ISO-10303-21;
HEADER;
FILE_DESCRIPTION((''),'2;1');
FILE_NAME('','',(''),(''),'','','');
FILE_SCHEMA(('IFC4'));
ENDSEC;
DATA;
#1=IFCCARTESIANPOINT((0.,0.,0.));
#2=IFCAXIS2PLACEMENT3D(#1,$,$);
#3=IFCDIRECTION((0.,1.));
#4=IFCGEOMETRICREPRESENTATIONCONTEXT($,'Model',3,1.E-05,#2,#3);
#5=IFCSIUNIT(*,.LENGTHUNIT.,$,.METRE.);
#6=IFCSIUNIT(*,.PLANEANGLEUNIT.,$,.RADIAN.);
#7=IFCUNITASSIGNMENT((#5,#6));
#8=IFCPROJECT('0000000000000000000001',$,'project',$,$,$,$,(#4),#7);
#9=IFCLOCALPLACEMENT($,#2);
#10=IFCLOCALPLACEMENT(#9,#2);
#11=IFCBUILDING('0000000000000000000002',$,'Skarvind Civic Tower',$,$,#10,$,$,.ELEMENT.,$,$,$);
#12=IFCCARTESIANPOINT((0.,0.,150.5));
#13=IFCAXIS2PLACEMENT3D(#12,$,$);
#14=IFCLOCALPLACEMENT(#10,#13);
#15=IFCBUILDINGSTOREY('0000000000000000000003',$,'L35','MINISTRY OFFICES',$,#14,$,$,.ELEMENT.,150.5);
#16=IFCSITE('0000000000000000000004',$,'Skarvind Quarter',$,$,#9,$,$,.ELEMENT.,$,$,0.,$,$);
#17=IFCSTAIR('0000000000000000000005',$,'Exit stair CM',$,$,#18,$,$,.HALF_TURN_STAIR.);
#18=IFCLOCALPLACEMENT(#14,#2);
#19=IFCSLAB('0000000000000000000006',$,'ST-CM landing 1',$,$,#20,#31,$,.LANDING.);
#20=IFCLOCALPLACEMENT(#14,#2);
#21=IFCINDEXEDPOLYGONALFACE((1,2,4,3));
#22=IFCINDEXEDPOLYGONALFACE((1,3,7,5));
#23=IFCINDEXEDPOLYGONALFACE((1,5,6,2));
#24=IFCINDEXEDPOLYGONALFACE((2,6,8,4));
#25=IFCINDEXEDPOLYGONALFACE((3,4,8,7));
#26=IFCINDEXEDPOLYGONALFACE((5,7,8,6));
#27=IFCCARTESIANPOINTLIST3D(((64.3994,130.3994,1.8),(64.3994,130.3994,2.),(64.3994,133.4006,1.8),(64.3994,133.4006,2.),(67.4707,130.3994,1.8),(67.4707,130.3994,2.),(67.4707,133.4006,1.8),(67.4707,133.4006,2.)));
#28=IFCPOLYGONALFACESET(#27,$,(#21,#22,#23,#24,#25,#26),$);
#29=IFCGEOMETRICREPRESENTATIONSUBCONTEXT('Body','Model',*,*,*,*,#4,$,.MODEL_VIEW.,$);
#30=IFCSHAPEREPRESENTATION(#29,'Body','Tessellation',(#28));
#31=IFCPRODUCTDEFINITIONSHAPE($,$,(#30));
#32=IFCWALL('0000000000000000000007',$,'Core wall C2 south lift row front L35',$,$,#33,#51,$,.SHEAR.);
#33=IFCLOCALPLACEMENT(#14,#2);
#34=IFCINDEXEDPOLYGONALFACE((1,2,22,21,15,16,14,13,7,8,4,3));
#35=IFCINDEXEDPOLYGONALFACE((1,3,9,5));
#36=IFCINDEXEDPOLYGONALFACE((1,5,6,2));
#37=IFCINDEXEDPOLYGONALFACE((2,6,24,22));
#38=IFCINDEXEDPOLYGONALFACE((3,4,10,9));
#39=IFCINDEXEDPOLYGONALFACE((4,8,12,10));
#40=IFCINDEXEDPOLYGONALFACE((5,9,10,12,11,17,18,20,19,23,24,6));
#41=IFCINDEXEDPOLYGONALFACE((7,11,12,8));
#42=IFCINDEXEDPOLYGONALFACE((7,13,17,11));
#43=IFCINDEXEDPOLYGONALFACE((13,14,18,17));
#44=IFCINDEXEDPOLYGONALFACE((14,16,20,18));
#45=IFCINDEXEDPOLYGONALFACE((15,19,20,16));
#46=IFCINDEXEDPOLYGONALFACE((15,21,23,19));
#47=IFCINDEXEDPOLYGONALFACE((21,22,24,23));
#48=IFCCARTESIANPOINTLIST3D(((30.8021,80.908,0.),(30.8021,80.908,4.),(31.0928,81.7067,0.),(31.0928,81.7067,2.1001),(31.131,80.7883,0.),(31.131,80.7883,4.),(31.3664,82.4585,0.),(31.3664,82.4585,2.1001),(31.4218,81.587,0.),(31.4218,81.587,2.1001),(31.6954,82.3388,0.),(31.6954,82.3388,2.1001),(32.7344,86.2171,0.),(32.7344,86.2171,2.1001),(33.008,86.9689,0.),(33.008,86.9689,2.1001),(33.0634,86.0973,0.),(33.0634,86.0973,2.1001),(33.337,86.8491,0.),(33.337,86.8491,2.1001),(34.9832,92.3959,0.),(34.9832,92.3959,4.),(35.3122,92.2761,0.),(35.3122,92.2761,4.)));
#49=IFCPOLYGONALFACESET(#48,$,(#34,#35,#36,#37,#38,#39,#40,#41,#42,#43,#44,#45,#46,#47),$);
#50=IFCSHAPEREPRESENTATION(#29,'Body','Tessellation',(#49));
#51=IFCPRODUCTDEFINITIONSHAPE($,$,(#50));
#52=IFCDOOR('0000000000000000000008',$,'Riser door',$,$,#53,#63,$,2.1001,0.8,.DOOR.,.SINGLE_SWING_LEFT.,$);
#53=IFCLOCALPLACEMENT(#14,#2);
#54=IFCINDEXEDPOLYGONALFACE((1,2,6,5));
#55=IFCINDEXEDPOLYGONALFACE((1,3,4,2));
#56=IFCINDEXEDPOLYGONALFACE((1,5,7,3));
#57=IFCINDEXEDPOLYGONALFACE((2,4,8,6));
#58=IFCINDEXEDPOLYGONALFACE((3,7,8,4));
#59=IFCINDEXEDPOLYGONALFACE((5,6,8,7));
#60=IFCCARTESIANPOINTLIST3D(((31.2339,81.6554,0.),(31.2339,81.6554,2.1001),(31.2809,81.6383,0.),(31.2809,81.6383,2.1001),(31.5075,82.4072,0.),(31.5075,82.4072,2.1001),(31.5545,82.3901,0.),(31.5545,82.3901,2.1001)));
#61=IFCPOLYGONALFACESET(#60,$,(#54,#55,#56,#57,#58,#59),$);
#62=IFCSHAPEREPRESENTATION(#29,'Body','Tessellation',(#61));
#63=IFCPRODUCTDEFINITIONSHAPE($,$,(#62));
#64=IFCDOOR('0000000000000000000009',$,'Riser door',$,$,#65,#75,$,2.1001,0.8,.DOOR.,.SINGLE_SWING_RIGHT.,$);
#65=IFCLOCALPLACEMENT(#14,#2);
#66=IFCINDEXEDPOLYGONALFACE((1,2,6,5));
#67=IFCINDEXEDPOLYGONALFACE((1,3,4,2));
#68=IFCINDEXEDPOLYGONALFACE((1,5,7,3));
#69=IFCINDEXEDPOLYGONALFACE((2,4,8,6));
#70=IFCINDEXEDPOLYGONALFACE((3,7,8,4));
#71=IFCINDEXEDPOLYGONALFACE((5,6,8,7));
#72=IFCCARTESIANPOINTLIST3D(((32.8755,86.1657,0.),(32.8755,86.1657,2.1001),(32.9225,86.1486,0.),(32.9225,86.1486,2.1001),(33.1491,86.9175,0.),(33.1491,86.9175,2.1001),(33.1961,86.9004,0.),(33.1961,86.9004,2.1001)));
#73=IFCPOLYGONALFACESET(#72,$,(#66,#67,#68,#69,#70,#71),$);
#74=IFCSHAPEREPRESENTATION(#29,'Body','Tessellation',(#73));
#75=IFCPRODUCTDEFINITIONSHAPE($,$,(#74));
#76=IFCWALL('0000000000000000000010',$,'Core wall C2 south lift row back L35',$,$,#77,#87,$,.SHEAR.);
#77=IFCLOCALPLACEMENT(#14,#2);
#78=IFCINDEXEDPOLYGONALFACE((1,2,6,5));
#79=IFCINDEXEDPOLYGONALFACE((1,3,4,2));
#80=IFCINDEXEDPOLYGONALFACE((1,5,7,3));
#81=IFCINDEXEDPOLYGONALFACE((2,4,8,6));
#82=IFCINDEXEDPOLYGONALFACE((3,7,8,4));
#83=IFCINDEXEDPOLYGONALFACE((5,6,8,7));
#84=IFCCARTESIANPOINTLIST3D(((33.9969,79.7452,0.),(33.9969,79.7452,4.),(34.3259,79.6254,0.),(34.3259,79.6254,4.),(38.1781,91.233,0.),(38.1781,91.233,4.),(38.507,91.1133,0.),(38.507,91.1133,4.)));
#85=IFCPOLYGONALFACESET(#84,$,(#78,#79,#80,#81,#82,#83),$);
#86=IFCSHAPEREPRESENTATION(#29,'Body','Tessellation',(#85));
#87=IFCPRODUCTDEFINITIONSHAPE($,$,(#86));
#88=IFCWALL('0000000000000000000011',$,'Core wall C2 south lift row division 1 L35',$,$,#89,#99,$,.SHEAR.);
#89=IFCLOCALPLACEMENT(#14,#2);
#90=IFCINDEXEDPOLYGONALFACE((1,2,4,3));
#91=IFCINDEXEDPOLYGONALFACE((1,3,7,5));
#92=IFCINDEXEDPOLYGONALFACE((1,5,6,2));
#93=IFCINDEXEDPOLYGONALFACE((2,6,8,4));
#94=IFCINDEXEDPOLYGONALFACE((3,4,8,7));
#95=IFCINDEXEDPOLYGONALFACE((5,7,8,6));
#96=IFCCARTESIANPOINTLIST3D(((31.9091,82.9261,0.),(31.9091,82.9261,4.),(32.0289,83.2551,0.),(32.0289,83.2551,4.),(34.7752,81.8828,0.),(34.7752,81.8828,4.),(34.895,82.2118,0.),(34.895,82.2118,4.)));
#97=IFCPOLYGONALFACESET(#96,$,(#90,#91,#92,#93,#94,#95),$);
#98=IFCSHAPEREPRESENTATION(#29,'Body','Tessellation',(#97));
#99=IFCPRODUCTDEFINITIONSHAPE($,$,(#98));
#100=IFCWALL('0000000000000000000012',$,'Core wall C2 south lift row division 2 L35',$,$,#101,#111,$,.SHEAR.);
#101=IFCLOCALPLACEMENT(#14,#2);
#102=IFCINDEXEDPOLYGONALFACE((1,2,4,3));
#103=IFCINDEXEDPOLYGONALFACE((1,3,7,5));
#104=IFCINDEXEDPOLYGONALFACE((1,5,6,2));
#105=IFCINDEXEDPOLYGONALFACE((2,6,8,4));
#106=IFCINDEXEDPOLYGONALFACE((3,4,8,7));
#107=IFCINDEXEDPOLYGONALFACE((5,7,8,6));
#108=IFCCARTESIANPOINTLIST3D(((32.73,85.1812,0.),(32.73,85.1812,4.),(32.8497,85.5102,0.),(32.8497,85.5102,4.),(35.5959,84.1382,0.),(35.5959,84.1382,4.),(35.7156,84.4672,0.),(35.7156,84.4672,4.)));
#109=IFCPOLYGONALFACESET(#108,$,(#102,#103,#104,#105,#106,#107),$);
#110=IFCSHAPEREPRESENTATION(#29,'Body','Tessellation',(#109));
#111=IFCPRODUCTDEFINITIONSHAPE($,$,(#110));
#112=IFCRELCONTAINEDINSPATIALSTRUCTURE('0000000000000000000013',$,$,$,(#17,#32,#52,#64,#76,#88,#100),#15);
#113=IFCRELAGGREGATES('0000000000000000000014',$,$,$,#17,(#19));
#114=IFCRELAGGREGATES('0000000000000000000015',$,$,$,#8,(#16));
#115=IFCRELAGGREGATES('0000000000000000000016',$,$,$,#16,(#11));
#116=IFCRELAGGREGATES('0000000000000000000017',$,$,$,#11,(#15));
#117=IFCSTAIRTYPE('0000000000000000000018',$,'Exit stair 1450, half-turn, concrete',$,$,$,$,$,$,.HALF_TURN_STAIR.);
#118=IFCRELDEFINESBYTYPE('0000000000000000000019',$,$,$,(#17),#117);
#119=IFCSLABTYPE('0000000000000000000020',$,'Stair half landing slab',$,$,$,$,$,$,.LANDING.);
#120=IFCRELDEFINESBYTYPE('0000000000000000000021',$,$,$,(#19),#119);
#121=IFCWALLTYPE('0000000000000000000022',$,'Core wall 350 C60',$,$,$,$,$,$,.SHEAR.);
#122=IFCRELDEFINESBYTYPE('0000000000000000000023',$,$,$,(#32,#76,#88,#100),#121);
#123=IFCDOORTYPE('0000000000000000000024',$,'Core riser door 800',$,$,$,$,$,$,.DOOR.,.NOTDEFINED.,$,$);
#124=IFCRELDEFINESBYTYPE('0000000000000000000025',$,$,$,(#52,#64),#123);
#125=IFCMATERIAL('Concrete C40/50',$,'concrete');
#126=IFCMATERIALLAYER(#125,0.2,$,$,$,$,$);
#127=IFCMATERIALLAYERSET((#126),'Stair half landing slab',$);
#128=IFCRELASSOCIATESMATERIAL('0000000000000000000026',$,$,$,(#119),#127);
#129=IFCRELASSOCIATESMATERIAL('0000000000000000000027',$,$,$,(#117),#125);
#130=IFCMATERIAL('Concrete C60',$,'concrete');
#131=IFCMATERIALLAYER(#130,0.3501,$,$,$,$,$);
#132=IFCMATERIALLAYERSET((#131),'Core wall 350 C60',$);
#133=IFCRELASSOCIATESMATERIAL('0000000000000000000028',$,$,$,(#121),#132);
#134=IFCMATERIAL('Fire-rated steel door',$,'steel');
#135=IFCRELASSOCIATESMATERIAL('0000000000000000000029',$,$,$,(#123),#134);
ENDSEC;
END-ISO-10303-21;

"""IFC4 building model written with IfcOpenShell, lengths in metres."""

from ifc_helpers import new_model, si_unit, direction, frame, frame_2d, origin, place, context, subcontext, project, spatial, polyline, rectangle, outline, extrude, material, layer, layer_set, type_object, element, fill, aggregate, save


model = new_model("IFC4")

# Units and contexts
model_context = context("Model", 3, precision=1e-05, world=origin(), true_north=direction((0.0, 1.0)))
body_context = subcontext(model_context, "Body", "Model", "MODEL_VIEW")
ifc_project = project(units=[si_unit("LENGTHUNIT", "METRE"), si_unit("PLANEANGLEUNIT", "RADIAN")], contexts=[model_context])

# Site, building, storey
site_placement = place(None, origin())
site = spatial("IfcSite", under=ifc_project, at=site_placement, Name="Skarvind Quarter", CompositionType="ELEMENT", RefElevation=0.0)
building_placement = place(site_placement, origin())
building = spatial("IfcBuilding", under=site, at=building_placement, Name="Skarvind Civic Tower", CompositionType="ELEMENT")
storey_placement = place(building_placement, frame((0.0, 0.0, 150.5)))
storey = spatial("IfcBuildingStorey", under=building, at=storey_placement, Name="L35", Description="MINISTRY OFFICES", CompositionType="ELEMENT", Elevation=150.5)

# Shared definitions
ifc_material_1 = material(Name="Concrete C40/50", Category="concrete")

# Stair, slab
ifc_layer_1 = layer(ifc_material_1, 0.2)
ifc_layer_set_1 = layer_set([ifc_layer_1], Name="Stair half landing slab")
slab_type_1 = type_object("IfcSlabType", Name="Stair half landing slab", PredefinedType="LANDING", material=ifc_layer_set_1)
stair_type_1 = type_object("IfcStairType", Name="Exit stair 1450, half-turn, concrete", PredefinedType="HALF_TURN_STAIR", material=ifc_material_1)
stair_1_placement = place(storey_placement, origin())
stair_1 = element("IfcStair", 1, at=stair_1_placement, inside=storey, type_object=stair_type_1, Name="Exit stair CM", PredefinedType="HALF_TURN_STAIR")
slab_1_placement = place(storey_placement, frame((0.0, 0.0, 1.8)))
slab_1 = element("IfcSlab", 2, at=slab_1_placement, type_object=slab_type_1, Name="ST-CM landing 1", PredefinedType="LANDING", context=body_context, shape_type="SweptSolid", body=[
    extrude(outline(polyline([(67.4707, 133.4006), (67.4707, 130.3994), (64.3994, 130.3994), (64.3994, 133.4006), (67.4707, 133.4006)])), origin(), (0.0, 0.0, 1.0), 0.2),
])
aggregate(stair_1, [slab_1])

# Wall, openings, doors
ifc_material_2 = material(Name="Concrete C60", Category="concrete")
ifc_layer_2 = layer(ifc_material_2, 0.3501)
ifc_layer_set_2 = layer_set([ifc_layer_2], Name="Core wall 350 C60")
wall_type_1 = type_object("IfcWallType", Name="Core wall 350 C60", PredefinedType="SHEAR", material=ifc_layer_set_2)
wall_1_placement = place(storey_placement, frame((30.9666, 80.8481, 0.0), z_axis=(0.0, 0.0, 1.0), x_axis=(0.342016, 0.939694, 0.0)))
wall_1 = element("IfcWall", 3, at=wall_1_placement, inside=storey, type_object=wall_type_1, Name="Core wall C2 south lift row front L35", PredefinedType="SHEAR", context=body_context, shape_type="SweptSolid", body=[
    extrude(rectangle(XDim=12.2251, YDim=0.3501, at=frame_2d((6.1125, 0.0))), origin(), (0.0, 0.0, 1.0), 4.0),
])
opening_1_placement = place(wall_1_placement, frame((0.8501, 0.0, 0.0)))
opening_1 = element("IfcOpeningElement", 4, at=opening_1_placement, cuts=wall_1, PredefinedType="OPENING", context=body_context, shape_type="SweptSolid", body=[
    extrude(rectangle(XDim=0.8, YDim=2.1001, at=frame_2d((0.3999, 1.05))), frame((0.0, 0.1851, 0.0), z_axis=(0.0, -1.0, 0.0), x_axis=(1.0, 0.0, 0.0)), (0.0, 0.0, 1.0), 0.3701),
])
opening_2_placement = place(wall_1_placement, frame((5.6499, 0.0, 0.0)))
opening_2 = element("IfcOpeningElement", 5, at=opening_2_placement, cuts=wall_1, PredefinedType="OPENING", context=body_context, shape_type="SweptSolid", body=[
    extrude(rectangle(XDim=0.8, YDim=2.1001, at=frame_2d((0.3999, 1.05))), frame((0.0, 0.1851, 0.0), z_axis=(0.0, -1.0, 0.0), x_axis=(1.0, 0.0, 0.0)), (0.0, 0.0, 1.0), 0.3701),
])
ifc_material_3 = material(Name="Fire-rated steel door", Category="steel")
door_type_1 = type_object("IfcDoorType", Name="Core riser door 800", OperationType="NOTDEFINED", PredefinedType="DOOR", material=ifc_material_3)
door_1_placement = place(opening_1_placement, origin())
door_1 = element("IfcDoor", 6, at=door_1_placement, inside=storey, type_object=door_type_1, Name="Riser door", OperationType="SINGLE_SWING_LEFT", OverallHeight=2.1001, OverallWidth=0.8, PredefinedType="DOOR", context=body_context, shape_type="SweptSolid", body=[
    extrude(rectangle(XDim=0.8, YDim=2.1001, at=frame_2d((0.3999, 1.05))), frame((0.0, 0.0249, 0.0), z_axis=(0.0, -1.0, 0.0), x_axis=(1.0, 0.0, 0.0)), (0.0, 0.0, 1.0), 0.05),
])
fill(opening_1, door_1)
door_2_placement = place(opening_2_placement, origin())
door_2 = element("IfcDoor", 7, at=door_2_placement, inside=storey, type_object=door_type_1, Name="Riser door", OperationType="SINGLE_SWING_RIGHT", OverallHeight=2.1001, OverallWidth=0.8, PredefinedType="DOOR", context=body_context, shape_type="SweptSolid", body=[
    extrude(rectangle(XDim=0.8, YDim=2.1001, at=frame_2d((0.3999, 1.05))), frame((0.0, 0.0249, 0.0), z_axis=(0.0, -1.0, 0.0), x_axis=(1.0, 0.0, 0.0)), (0.0, 0.0, 1.0), 0.05),
])
fill(opening_2, door_2)

# Walls
wall_2_placement = place(storey_placement, frame((34.1614, 79.6853, 0.0), z_axis=(0.0, 0.0, 1.0), x_axis=(0.342016, 0.939694, 0.0)))
element("IfcWall", 8, at=wall_2_placement, inside=storey, type_object=wall_type_1, Name="Core wall C2 south lift row back L35", PredefinedType="SHEAR", context=body_context, shape_type="SweptSolid", body=[
    extrude(rectangle(XDim=12.2251, YDim=0.3501, at=frame_2d((6.1125, 0.0))), origin(), (0.0, 0.0, 1.0), 4.0),
])
wall_3_placement = place(storey_placement, frame((34.835, 82.0474, 0.0), z_axis=(0.0, 0.0, 1.0), x_axis=(-0.939684, 0.342045, 0.0)))
element("IfcWall", 9, at=wall_3_placement, inside=storey, type_object=wall_type_1, Name="Core wall C2 south lift row division 1 L35", PredefinedType="SHEAR", context=body_context, shape_type="SweptSolid", body=[
    extrude(rectangle(XDim=3.05, YDim=0.3501, at=frame_2d((1.5249, 0.0))), origin(), (0.0, 0.0, 1.0), 4.0),
])
wall_4_placement = place(storey_placement, frame((35.6558, 84.3027, 0.0), z_axis=(0.0, 0.0, 1.0), x_axis=(-0.939709, 0.341974, 0.0)))
element("IfcWall", 10, at=wall_4_placement, inside=storey, type_object=wall_type_1, Name="Core wall C2 south lift row division 2 L35", PredefinedType="SHEAR", context=body_context, shape_type="SweptSolid", body=[
    extrude(rectangle(XDim=3.0498, YDim=0.3501, at=frame_2d((1.5249, 0.0))), origin(), (0.0, 0.0, 1.0), 4.0),
])

save(model, "model.ifc")
